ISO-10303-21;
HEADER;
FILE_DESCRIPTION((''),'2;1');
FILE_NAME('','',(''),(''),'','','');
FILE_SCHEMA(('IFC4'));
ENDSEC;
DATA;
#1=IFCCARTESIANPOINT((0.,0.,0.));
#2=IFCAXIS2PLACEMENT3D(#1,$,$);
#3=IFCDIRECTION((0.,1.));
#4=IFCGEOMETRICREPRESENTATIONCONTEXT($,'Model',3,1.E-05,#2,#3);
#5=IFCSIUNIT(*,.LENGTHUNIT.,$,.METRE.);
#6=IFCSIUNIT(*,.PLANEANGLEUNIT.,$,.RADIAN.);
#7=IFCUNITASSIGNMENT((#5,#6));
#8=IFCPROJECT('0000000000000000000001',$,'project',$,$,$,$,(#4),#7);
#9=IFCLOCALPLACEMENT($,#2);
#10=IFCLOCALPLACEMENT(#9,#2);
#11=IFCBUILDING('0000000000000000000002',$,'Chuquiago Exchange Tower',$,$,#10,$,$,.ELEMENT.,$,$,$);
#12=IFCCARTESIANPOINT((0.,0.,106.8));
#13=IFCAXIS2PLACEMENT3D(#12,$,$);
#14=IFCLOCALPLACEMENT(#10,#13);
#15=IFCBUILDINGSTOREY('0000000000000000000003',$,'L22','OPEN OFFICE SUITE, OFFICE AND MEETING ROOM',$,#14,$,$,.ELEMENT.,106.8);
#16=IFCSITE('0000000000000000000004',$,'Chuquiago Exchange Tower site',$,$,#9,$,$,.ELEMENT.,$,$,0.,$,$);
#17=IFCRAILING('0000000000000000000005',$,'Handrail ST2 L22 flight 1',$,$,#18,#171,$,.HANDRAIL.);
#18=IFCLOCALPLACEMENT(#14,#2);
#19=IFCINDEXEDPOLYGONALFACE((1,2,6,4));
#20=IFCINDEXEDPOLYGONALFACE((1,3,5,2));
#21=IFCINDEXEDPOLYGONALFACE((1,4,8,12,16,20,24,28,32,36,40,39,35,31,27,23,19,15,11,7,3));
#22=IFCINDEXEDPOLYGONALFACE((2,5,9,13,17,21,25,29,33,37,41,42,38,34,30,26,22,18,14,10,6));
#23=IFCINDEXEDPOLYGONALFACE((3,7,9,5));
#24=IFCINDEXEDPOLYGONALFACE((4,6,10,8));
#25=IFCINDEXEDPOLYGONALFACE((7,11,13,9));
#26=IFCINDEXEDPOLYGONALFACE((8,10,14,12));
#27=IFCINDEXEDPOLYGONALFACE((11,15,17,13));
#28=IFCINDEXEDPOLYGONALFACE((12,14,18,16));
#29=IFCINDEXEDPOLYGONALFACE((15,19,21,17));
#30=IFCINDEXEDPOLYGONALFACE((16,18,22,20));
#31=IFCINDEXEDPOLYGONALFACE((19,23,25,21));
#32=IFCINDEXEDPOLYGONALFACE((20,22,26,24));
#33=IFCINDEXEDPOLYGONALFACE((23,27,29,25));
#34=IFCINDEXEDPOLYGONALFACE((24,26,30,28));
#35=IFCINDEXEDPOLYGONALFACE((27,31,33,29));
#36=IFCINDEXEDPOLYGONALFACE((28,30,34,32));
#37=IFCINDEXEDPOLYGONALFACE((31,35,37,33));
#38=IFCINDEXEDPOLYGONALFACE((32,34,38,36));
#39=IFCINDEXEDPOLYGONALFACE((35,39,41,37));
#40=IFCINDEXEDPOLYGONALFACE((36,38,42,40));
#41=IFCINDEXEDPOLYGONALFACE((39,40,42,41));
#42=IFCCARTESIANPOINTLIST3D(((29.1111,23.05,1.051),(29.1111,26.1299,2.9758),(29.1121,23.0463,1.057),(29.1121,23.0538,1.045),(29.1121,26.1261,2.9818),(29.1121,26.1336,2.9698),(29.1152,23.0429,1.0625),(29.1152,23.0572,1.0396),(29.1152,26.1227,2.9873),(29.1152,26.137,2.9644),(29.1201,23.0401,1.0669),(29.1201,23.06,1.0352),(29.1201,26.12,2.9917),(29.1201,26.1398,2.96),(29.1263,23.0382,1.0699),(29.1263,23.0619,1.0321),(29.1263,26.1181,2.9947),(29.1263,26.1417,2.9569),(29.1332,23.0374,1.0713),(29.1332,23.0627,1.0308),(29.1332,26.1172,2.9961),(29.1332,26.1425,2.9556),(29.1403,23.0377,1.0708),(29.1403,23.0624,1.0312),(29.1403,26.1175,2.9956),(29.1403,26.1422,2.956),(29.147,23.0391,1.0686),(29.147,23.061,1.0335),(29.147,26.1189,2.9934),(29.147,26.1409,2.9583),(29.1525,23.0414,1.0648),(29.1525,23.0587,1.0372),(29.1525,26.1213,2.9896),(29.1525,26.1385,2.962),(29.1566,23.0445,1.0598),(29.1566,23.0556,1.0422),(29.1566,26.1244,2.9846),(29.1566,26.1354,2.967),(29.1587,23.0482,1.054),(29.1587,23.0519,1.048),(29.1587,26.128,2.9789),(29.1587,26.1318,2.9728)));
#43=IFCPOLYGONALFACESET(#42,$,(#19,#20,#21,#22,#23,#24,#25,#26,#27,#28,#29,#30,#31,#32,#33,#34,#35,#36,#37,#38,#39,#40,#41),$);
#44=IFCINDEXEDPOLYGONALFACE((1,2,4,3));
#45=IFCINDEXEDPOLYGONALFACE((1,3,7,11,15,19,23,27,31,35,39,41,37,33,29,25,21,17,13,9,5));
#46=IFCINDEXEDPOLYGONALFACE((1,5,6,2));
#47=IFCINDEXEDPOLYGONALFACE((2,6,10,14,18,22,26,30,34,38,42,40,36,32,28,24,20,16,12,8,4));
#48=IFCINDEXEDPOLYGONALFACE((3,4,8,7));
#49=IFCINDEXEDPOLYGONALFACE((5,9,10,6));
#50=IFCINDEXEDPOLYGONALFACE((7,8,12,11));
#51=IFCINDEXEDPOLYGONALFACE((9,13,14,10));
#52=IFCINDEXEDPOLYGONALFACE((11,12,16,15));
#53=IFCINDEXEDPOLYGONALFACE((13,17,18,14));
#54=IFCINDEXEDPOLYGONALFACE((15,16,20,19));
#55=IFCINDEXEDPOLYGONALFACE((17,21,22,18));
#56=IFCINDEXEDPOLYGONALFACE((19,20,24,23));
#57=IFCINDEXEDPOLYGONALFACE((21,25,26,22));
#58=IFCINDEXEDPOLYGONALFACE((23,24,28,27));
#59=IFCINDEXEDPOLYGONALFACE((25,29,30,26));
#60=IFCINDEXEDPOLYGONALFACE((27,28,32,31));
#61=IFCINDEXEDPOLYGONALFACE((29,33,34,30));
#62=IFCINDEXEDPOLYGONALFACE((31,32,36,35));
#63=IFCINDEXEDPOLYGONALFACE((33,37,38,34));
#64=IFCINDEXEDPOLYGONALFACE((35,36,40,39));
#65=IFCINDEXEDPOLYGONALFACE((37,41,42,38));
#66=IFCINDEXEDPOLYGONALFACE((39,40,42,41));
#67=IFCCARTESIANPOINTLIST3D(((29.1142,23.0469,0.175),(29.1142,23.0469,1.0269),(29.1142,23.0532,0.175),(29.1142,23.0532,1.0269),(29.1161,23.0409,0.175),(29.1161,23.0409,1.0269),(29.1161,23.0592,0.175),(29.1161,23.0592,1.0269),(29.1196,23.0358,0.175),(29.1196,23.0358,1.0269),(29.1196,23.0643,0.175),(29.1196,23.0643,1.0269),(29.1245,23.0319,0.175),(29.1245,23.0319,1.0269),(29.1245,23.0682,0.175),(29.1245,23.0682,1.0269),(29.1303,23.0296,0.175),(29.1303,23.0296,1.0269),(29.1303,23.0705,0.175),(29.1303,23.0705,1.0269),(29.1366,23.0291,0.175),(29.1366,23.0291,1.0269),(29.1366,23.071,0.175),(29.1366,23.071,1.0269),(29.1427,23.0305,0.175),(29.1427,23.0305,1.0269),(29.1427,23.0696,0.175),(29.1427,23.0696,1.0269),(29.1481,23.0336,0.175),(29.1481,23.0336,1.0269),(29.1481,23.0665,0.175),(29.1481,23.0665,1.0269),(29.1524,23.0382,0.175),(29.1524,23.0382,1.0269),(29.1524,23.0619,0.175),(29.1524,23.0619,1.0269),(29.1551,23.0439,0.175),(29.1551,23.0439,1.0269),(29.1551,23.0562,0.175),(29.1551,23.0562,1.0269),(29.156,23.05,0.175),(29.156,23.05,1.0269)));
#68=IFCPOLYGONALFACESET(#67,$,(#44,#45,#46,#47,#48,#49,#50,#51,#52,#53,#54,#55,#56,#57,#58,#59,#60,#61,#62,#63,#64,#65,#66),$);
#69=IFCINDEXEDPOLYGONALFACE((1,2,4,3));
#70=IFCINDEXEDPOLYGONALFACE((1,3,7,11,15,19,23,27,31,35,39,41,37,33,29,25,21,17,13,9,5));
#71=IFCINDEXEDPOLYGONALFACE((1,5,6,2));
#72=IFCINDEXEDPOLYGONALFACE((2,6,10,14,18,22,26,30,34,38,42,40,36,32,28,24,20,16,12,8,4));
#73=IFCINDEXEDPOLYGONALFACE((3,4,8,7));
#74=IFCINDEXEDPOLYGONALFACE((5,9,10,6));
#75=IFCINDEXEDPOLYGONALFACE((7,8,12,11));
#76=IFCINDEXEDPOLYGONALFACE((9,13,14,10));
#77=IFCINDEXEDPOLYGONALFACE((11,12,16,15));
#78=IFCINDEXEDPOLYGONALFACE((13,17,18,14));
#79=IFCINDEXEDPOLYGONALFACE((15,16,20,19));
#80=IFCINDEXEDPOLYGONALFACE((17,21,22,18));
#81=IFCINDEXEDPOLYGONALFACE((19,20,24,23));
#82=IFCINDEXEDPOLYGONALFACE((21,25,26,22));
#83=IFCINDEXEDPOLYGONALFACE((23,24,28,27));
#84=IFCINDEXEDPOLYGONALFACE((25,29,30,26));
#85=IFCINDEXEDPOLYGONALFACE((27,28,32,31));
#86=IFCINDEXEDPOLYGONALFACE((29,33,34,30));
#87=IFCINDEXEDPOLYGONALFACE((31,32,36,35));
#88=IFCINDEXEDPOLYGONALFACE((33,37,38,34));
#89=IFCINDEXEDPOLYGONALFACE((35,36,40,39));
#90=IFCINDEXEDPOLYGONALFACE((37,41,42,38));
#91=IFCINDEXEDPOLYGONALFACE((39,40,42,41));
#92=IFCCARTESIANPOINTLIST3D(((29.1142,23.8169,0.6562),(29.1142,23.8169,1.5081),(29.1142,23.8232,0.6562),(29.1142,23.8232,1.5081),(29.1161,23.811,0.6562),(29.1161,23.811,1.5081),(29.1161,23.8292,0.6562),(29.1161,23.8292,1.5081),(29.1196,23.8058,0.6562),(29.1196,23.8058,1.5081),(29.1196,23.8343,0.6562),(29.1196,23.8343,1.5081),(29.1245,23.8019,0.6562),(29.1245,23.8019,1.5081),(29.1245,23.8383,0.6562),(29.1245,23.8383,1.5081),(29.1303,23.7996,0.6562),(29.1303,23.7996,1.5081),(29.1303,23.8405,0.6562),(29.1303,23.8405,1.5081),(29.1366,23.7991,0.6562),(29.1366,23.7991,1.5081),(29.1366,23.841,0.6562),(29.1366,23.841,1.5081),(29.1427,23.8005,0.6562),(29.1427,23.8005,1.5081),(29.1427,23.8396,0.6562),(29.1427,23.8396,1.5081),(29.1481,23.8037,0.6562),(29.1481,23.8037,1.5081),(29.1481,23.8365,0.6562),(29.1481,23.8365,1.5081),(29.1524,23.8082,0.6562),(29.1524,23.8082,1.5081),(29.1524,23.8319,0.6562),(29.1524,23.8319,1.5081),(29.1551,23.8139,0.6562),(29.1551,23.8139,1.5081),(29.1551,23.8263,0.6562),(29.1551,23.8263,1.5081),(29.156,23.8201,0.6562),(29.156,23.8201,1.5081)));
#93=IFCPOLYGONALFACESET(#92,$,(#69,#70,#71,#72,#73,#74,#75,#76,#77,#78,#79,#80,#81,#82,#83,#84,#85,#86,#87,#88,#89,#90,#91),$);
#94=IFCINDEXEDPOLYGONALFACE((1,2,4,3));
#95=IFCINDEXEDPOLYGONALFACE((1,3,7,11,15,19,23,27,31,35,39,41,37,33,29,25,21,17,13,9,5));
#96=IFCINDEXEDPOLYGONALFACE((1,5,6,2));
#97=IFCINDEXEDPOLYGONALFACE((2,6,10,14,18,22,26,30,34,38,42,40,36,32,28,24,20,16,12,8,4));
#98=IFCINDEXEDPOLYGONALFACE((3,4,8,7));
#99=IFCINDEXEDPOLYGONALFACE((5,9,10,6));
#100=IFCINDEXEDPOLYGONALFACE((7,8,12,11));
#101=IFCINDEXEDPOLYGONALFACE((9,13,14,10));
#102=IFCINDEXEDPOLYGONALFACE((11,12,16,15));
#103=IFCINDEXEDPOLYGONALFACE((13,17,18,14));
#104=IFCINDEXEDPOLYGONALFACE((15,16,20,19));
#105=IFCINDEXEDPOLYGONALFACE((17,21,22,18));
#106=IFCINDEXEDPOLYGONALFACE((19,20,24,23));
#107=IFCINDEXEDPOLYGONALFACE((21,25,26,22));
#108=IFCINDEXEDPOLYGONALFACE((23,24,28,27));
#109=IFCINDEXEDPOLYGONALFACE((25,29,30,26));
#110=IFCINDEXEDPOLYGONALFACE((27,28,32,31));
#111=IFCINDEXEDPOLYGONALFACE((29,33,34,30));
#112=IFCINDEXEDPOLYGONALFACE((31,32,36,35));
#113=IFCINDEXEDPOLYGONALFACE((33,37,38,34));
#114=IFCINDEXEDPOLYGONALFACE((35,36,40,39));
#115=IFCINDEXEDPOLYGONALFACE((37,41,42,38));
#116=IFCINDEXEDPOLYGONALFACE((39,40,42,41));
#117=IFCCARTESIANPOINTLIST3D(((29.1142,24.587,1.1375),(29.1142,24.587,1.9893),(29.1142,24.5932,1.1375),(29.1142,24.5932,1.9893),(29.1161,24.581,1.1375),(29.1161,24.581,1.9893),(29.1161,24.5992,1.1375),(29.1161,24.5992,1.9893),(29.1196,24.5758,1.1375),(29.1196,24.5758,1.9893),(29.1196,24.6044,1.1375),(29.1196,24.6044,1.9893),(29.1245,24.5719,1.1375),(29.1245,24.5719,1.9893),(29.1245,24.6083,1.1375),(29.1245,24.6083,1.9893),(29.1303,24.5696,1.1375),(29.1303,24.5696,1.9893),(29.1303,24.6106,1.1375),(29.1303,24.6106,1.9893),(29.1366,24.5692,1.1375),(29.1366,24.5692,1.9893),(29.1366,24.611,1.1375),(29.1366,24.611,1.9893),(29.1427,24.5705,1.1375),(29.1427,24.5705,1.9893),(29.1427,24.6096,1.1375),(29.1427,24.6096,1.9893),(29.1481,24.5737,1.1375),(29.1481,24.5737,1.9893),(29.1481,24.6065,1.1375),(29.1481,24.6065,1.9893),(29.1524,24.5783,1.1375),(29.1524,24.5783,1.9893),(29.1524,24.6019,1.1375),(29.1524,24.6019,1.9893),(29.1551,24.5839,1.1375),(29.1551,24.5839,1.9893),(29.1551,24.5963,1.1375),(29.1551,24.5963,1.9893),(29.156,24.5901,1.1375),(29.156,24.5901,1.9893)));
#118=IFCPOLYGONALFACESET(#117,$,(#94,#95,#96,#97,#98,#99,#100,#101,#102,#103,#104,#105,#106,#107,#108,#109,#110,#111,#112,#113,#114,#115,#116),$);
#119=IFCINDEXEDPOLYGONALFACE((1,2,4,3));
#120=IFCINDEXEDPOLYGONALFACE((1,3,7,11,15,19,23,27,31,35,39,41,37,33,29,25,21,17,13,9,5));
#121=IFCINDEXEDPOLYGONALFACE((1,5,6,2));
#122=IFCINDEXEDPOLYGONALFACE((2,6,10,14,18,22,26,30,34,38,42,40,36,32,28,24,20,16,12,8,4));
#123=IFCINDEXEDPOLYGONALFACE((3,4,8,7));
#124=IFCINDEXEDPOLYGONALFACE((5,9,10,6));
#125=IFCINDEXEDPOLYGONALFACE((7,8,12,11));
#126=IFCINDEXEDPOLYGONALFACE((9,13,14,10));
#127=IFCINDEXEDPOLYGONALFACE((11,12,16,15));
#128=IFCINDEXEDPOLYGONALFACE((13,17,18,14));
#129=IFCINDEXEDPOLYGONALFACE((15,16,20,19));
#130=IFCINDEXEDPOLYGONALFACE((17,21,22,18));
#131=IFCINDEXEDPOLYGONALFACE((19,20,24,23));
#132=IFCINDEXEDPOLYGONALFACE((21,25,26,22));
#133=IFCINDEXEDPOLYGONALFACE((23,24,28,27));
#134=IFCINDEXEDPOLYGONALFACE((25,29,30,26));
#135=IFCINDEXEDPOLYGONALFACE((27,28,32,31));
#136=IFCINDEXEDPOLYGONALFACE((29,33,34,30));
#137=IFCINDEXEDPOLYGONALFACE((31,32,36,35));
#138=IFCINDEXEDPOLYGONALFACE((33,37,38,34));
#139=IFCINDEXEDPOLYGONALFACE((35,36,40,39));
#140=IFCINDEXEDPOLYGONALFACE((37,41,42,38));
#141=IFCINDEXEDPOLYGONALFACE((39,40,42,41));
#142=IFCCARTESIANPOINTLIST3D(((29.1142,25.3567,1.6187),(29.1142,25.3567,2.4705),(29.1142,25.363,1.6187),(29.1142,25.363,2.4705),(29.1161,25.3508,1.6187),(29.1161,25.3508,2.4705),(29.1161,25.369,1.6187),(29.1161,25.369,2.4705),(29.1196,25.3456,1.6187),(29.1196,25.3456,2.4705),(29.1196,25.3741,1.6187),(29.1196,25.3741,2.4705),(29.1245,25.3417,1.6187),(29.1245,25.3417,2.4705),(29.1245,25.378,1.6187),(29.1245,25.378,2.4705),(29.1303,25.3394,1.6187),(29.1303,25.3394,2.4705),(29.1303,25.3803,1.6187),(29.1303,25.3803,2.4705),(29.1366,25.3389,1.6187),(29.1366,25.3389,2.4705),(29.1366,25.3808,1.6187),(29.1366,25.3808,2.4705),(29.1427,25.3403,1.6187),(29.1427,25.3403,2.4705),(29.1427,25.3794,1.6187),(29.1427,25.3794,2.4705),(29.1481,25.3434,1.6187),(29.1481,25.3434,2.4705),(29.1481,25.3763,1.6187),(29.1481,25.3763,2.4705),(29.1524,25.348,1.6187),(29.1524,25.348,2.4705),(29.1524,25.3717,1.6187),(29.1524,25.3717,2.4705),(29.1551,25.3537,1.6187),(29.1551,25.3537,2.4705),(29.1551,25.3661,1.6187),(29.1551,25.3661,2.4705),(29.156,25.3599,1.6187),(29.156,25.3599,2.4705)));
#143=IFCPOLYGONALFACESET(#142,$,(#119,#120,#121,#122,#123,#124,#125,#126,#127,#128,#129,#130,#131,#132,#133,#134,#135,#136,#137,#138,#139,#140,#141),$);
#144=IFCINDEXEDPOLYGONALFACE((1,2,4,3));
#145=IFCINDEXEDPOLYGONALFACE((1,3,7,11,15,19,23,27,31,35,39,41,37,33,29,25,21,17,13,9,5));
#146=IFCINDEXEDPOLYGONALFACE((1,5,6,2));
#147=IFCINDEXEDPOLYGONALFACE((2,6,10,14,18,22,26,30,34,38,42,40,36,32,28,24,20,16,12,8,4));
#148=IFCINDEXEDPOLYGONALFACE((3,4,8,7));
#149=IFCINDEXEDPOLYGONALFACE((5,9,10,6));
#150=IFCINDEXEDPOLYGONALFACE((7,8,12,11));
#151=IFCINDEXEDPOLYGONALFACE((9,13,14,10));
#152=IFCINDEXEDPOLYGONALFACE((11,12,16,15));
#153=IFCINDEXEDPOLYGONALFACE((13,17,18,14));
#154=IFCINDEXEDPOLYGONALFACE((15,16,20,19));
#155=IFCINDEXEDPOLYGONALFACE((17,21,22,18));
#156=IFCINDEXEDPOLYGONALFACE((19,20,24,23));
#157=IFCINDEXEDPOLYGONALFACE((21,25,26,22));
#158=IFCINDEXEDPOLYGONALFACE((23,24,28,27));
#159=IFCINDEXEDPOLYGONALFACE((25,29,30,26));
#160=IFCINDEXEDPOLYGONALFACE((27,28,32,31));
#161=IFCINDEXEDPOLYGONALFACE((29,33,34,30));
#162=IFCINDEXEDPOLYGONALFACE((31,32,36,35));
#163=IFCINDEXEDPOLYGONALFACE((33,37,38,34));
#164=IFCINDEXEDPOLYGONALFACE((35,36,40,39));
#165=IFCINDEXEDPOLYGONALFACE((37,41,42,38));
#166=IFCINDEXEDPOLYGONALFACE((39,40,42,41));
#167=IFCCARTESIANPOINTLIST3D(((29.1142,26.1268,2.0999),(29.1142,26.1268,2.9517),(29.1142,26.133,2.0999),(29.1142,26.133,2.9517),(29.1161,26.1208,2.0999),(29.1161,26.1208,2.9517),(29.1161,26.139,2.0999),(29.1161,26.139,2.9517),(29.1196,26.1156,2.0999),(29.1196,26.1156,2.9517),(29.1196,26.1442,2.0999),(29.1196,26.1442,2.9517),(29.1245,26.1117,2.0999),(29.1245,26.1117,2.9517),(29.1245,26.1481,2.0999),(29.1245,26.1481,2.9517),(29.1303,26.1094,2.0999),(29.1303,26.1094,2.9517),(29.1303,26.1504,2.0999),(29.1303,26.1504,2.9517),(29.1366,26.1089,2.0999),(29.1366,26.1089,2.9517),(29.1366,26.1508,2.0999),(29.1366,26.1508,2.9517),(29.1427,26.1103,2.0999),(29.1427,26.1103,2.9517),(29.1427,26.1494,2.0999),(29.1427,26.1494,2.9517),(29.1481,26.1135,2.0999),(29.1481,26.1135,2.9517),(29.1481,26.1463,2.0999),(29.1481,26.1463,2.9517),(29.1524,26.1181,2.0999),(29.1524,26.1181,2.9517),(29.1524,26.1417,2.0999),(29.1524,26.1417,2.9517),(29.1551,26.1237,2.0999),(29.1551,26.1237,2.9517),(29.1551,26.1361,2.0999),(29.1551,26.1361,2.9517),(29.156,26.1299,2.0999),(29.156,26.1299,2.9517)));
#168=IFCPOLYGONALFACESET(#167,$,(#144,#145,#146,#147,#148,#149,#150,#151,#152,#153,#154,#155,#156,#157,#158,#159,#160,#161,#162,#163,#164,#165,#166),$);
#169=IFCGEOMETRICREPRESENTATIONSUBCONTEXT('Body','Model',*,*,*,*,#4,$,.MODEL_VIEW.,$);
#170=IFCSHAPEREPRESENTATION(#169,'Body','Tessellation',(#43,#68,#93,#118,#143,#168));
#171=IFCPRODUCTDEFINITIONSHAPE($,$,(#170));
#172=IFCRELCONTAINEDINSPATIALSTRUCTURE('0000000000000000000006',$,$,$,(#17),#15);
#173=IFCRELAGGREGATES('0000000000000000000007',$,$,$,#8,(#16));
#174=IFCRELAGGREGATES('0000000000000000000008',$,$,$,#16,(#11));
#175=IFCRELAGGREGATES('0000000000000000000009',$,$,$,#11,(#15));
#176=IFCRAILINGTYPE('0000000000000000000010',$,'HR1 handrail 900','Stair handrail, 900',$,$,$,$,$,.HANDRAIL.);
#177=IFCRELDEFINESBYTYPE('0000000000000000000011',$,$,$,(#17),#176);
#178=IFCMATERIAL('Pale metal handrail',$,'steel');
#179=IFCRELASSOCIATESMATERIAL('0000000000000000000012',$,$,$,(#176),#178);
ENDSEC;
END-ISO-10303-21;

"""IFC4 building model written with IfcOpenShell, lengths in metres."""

from ifc_helpers import new_model, si_unit, direction, frame, origin, origin_2d, place, context, subcontext, project, spatial, circle, extrude, material, type_object, element, save


model = new_model("IFC4")

# Units and contexts
model_context = context("Model", 3, precision=1e-05, world=origin(), true_north=direction((0.0, 1.0)))
body_context = subcontext(model_context, "Body", "Model", "MODEL_VIEW")
ifc_project = project(units=[si_unit("LENGTHUNIT", "METRE"), si_unit("PLANEANGLEUNIT", "RADIAN")], contexts=[model_context])

# Site, building, storey
site_placement = place(None, origin())
site = spatial("IfcSite", under=ifc_project, at=site_placement, Name="Chuquiago Exchange Tower site", CompositionType="ELEMENT", RefElevation=0.0)
building_placement = place(site_placement, origin())
building = spatial("IfcBuilding", under=site, at=building_placement, Name="Chuquiago Exchange Tower", CompositionType="ELEMENT")
storey_placement = place(building_placement, frame((0.0, 0.0, 106.8)))
storey = spatial("IfcBuildingStorey", under=building, at=storey_placement, Name="L22", Description="OPEN OFFICE SUITE, OFFICE AND MEETING ROOM", CompositionType="ELEMENT", Elevation=106.8)

# Railing
ifc_material_1 = material(Name="Pale metal handrail", Category="steel")
railing_type_1 = type_object("IfcRailingType", Name="HR1 handrail 900", Description="Stair handrail, 900", PredefinedType="HANDRAIL", material=ifc_material_1)
railing_1_placement = place(storey_placement, frame((29.135, 23.05, 0.175)))
element("IfcRailing", 1, at=railing_1_placement, inside=storey, type_object=railing_type_1, Name="Handrail ST2 L22 flight 1", PredefinedType="HANDRAIL", context=body_context, shape_type="SweptSolid", body=[
    extrude(circle(Radius=0.0239, at=origin_2d()), frame((0.0, 0.0, 0.876), z_axis=(0.0, 0.84801, 0.529981), x_axis=(-1.0, 0.0, 0.0)), (0.0, 0.0, 1.0), 3.6318),
    extrude(circle(Radius=0.021, at=origin_2d()), origin(), (0.0, 0.0, 1.0), 0.8518),
    extrude(circle(Radius=0.021, at=origin_2d()), frame((0.0, 0.77, 0.4812)), (0.0, 0.0, 1.0), 0.8518),
    extrude(circle(Radius=0.021, at=origin_2d()), frame((0.0, 1.54, 0.9624)), (0.0, 0.0, 1.0), 0.8518),
    extrude(circle(Radius=0.021, at=origin_2d()), frame((0.0, 2.3098, 1.4436)), (0.0, 0.0, 1.0), 0.8518),
    extrude(circle(Radius=0.021, at=origin_2d()), frame((0.0, 3.0798, 1.9248)), (0.0, 0.0, 1.0), 0.8518),
])

save(model, "model.ifc")
